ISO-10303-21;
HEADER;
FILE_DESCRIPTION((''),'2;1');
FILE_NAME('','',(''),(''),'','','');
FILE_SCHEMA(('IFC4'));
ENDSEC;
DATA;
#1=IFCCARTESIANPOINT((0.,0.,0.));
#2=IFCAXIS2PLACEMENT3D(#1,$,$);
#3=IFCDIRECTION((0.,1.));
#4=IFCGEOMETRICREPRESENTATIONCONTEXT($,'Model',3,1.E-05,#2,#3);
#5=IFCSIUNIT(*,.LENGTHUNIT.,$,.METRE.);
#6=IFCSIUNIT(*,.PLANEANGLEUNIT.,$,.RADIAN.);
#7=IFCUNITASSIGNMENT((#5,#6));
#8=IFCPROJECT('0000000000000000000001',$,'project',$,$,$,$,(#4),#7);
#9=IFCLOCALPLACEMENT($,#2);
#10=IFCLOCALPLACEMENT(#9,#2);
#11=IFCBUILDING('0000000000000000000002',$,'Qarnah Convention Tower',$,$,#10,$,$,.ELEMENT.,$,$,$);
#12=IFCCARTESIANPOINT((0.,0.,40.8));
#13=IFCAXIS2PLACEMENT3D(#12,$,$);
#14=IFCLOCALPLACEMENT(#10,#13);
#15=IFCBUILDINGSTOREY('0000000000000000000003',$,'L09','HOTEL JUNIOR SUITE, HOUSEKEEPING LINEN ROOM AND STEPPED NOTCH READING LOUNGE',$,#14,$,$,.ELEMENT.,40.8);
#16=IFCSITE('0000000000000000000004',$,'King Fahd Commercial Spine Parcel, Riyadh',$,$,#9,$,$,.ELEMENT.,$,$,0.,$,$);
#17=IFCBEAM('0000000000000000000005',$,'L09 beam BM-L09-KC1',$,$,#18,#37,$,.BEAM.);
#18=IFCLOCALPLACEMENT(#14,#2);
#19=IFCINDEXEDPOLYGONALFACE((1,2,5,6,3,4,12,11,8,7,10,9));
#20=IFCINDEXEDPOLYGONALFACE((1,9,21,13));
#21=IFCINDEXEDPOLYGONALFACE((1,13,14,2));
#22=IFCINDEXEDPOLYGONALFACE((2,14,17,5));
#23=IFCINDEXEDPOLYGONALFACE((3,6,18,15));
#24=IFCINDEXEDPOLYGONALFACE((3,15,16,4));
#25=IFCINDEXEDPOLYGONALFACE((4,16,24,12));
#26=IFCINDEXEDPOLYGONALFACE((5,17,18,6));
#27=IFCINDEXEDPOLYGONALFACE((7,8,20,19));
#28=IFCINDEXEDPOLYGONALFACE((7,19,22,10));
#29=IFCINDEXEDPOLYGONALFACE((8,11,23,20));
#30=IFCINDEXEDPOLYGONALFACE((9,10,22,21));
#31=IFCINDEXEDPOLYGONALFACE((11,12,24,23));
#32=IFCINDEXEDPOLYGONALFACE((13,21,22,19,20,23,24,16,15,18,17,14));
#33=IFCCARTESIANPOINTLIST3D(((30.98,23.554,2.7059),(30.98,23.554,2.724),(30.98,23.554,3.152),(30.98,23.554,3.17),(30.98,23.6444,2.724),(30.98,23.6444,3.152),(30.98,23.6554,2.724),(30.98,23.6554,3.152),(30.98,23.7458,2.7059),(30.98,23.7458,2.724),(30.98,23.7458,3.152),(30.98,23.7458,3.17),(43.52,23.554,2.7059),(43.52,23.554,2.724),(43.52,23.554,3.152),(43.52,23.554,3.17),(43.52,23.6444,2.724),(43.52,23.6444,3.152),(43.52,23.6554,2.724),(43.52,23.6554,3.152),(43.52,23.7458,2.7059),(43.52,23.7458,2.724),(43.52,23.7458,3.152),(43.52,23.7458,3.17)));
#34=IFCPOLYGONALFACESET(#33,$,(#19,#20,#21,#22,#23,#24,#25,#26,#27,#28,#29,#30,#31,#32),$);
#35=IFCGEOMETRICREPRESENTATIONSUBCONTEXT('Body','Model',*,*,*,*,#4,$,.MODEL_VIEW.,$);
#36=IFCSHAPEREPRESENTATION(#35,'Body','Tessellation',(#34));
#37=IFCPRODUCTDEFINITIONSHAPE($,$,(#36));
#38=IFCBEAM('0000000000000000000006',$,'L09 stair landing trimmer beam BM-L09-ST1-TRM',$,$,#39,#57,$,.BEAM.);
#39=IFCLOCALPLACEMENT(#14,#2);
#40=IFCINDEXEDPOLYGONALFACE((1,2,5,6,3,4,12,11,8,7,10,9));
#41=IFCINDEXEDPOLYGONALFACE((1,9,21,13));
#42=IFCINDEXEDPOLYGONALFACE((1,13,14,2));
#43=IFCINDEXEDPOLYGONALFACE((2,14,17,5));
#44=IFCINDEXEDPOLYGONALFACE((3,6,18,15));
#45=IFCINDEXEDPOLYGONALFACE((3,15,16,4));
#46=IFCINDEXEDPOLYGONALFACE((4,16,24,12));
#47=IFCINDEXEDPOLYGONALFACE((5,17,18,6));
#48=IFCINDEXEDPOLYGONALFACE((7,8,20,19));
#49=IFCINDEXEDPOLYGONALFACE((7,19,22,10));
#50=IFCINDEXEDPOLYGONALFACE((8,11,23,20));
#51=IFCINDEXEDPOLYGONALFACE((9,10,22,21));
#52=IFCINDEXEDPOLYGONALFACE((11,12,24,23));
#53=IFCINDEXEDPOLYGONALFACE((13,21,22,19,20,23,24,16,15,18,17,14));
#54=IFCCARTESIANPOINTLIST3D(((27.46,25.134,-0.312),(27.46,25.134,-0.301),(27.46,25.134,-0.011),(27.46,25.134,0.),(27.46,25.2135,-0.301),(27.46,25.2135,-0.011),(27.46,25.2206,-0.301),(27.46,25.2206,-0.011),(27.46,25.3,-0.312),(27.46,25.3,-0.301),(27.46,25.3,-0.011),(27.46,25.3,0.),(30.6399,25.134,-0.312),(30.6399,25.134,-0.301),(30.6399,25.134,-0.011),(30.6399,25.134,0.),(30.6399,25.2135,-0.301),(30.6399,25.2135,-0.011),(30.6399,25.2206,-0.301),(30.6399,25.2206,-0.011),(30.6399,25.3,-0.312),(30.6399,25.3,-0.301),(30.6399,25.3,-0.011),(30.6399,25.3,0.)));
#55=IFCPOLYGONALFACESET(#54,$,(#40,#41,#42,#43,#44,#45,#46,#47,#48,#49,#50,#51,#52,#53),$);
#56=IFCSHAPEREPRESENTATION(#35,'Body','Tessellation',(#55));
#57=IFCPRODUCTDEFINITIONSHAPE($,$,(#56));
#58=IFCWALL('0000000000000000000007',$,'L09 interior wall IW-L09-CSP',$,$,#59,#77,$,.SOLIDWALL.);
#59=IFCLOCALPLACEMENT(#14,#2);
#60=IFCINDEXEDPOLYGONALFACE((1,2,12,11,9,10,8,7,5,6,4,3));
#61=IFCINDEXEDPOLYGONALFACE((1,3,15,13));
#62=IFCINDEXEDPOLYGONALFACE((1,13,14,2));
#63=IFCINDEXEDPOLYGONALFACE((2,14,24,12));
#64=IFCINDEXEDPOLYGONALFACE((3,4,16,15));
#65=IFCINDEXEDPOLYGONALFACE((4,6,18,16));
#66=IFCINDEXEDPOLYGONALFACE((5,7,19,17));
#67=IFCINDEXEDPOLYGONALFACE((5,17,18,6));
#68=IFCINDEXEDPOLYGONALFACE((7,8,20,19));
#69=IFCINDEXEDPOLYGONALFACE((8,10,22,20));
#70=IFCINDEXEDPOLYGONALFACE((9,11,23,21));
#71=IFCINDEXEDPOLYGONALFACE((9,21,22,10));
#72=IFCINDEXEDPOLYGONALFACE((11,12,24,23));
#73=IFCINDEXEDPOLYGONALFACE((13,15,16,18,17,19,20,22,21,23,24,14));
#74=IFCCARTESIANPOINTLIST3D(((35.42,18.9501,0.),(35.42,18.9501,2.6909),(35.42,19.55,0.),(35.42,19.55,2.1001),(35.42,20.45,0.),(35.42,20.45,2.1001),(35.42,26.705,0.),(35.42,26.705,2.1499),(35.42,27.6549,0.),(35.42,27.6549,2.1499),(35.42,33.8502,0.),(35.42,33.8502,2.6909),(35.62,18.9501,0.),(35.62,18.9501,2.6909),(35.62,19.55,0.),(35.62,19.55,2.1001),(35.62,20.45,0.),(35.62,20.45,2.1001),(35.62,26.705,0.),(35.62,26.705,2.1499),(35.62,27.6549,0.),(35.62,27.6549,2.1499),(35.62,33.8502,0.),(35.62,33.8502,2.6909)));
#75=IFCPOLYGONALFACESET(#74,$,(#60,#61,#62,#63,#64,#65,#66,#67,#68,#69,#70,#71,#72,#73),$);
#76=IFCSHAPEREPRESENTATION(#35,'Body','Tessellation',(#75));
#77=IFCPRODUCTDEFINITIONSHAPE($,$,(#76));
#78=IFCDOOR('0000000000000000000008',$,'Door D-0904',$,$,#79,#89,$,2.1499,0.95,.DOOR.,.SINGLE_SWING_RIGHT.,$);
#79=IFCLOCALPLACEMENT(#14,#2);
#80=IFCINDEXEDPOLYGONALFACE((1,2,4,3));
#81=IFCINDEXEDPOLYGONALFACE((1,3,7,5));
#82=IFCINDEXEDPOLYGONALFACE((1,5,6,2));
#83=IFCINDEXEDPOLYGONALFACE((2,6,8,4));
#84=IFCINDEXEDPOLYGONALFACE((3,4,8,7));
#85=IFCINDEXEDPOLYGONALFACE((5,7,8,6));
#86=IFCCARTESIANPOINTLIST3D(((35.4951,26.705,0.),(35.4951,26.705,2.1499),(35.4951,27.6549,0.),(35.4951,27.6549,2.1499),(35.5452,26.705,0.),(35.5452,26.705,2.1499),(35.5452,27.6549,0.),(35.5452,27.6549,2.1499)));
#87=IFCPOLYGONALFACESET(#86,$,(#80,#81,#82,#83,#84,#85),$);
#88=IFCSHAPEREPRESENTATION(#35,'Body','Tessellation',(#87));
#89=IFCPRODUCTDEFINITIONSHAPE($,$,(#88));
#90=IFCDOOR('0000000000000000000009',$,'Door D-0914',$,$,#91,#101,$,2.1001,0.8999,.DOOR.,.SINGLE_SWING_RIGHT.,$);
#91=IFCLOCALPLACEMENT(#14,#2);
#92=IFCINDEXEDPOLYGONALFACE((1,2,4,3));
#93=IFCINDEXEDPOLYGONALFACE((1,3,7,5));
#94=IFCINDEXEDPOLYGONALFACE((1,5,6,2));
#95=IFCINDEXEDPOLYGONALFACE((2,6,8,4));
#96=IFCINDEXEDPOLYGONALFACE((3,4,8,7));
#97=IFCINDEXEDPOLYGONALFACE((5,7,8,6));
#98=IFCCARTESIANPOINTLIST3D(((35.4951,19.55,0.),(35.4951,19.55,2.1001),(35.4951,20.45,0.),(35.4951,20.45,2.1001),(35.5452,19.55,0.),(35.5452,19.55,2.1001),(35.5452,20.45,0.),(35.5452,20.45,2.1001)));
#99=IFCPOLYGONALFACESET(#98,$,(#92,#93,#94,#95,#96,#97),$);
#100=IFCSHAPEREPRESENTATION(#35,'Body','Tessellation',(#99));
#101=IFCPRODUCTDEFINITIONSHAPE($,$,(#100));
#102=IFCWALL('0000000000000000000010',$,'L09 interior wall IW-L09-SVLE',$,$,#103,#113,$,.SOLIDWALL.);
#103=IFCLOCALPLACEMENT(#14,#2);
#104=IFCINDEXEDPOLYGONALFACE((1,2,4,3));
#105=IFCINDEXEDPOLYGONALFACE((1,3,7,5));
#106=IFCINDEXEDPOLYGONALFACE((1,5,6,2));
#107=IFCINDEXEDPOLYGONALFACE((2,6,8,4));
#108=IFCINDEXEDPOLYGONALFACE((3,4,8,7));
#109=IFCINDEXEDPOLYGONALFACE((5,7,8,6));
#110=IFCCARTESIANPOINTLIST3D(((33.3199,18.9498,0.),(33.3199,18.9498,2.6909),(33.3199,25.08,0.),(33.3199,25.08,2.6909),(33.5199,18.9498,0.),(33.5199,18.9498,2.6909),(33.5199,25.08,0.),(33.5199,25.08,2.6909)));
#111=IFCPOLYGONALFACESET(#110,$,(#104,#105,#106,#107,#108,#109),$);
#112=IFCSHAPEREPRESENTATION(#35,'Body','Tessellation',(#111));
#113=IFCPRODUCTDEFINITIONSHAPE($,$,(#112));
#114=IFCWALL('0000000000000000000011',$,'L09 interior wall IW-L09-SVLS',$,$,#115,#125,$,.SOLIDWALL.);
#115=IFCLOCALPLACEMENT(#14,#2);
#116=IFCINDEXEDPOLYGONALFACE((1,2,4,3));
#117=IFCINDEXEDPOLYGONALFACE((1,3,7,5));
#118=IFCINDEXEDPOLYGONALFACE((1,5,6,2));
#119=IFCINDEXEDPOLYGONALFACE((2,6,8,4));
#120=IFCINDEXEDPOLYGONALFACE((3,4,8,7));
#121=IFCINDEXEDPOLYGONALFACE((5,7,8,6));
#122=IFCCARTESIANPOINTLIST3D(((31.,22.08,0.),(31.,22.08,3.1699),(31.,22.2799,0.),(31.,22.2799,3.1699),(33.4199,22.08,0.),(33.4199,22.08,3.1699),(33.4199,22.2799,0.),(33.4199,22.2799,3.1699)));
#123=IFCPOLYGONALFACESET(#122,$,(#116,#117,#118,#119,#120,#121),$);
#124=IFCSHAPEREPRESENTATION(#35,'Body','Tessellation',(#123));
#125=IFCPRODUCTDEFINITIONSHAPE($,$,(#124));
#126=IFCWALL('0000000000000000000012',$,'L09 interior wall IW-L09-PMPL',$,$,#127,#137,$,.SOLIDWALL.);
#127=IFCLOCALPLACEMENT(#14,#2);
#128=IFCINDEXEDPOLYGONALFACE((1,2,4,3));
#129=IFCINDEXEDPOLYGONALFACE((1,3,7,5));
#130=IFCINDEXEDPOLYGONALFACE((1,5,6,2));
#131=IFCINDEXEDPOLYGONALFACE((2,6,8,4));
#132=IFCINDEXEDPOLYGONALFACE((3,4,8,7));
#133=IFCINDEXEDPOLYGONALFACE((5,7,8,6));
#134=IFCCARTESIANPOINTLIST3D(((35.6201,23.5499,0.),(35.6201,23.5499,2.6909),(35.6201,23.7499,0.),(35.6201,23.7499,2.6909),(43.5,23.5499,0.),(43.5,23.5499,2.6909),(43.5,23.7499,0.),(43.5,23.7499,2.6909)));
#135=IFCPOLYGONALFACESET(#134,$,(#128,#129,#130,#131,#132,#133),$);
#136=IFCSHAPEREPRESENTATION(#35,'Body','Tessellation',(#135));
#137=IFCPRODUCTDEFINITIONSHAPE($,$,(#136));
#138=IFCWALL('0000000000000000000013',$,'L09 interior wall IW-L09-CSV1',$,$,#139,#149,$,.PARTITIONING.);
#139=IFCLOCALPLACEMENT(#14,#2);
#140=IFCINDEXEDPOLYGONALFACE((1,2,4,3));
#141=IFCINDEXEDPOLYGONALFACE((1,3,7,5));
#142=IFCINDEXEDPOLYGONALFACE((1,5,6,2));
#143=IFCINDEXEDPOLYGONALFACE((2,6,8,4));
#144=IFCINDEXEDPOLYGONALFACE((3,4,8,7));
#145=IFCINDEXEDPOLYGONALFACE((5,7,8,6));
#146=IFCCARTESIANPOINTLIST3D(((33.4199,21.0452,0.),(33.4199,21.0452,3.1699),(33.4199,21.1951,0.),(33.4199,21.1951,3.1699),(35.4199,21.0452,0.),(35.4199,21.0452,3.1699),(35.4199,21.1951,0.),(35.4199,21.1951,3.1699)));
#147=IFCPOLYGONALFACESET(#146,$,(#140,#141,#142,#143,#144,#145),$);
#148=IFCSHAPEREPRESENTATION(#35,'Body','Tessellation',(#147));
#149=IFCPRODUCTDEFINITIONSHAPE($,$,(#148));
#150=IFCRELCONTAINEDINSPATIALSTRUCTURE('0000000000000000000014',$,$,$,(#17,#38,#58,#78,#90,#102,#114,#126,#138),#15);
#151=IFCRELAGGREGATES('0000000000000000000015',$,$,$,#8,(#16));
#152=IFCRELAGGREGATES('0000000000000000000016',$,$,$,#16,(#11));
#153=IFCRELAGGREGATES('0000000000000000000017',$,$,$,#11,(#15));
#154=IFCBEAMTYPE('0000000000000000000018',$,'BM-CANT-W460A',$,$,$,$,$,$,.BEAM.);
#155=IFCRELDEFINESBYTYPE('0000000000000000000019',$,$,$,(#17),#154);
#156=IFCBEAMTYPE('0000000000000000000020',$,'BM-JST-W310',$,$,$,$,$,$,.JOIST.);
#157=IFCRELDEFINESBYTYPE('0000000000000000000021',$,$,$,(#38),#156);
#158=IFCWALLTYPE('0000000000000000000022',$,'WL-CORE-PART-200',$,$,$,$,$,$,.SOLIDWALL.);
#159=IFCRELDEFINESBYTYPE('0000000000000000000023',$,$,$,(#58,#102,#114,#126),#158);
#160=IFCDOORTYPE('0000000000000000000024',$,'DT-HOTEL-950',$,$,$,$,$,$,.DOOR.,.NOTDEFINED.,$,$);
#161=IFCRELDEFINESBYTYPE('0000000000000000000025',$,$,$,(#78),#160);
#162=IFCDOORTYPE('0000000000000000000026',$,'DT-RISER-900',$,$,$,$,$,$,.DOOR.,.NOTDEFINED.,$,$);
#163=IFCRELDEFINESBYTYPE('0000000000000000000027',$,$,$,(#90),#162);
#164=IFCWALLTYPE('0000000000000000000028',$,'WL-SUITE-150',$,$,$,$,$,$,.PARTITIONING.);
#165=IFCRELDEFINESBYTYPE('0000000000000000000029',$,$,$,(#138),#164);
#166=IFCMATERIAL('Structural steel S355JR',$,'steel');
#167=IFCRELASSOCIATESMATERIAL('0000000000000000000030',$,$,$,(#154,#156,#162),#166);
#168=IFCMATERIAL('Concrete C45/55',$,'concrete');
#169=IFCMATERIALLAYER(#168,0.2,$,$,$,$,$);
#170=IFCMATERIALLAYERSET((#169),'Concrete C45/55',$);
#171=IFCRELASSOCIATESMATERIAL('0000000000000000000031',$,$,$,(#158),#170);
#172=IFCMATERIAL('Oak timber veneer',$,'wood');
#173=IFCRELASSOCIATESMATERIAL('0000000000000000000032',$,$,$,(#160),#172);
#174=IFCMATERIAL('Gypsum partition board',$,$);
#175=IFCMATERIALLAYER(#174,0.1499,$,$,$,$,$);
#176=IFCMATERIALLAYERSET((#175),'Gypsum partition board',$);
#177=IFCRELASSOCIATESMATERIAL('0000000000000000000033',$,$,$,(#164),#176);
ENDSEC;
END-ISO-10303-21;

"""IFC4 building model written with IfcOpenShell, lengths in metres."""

from ifc_helpers import new_model, si_unit, direction, frame, frame_2d, origin, origin_2d, place, context, subcontext, project, spatial, rectangle, i_section, extrude, material, layer, layer_set, material_profile, profile_set, type_object, element, fill, save


model = new_model("IFC4")

# Units and contexts
model_context = context("Model", 3, precision=1e-05, world=origin(), true_north=direction((0.0, 1.0)))
body_context = subcontext(model_context, "Body", "Model", "MODEL_VIEW")
ifc_project = project(units=[si_unit("LENGTHUNIT", "METRE"), si_unit("PLANEANGLEUNIT", "RADIAN")], contexts=[model_context])

# Site, building, storey
site_placement = place(None, origin())
site = spatial("IfcSite", under=ifc_project, at=site_placement, Name="King Fahd Commercial Spine Parcel, Riyadh", CompositionType="ELEMENT", RefElevation=0.0)
building_placement = place(site_placement, origin())
building = spatial("IfcBuilding", under=site, at=building_placement, Name="Qarnah Convention Tower", CompositionType="ELEMENT")
storey_placement = place(building_placement, frame((0.0, 0.0, 40.8)))
storey = spatial("IfcBuildingStorey", under=building, at=storey_placement, Name="L09", Description="HOTEL JUNIOR SUITE, HOUSEKEEPING LINEN ROOM AND STEPPED NOTCH READING LOUNGE", CompositionType="ELEMENT", Elevation=40.8)

# Beams
ifc_material_1 = material(Name="Structural steel S355JR", Category="steel")
ifc_material_profile_1 = material_profile(ifc_material_1, i_section(OverallWidth=0.1919, OverallDepth=0.4641, WebThickness=0.011, FlangeThickness=0.0181, at=origin_2d()), Name="W460X89")
ifc_profile_set_1 = profile_set([ifc_material_profile_1], Name="Structural steel S355JR")
beam_type_1 = type_object("IfcBeamType", Name="BM-CANT-W460A", PredefinedType="BEAM", material=ifc_profile_set_1)
beam_1_placement = place(storey_placement, frame((30.98, 23.6499, 2.938), z_axis=(1.0, 0.0, 0.0), x_axis=(0.0, 1.0, 0.0)))
element("IfcBeam", 1, at=beam_1_placement, inside=storey, type_object=beam_type_1, Name="L09 beam BM-L09-KC1", PredefinedType="BEAM", context=body_context, shape_type="SweptSolid", body=[
    extrude(i_section(OverallWidth=0.1919, OverallDepth=0.4641, WebThickness=0.011, FlangeThickness=0.0181, at=origin_2d()), origin(), (0.0, 0.0, 1.0), 12.54),
])
ifc_material_profile_2 = material_profile(ifc_material_1, i_section(OverallWidth=0.166, OverallDepth=0.312, WebThickness=0.0071, FlangeThickness=0.011, at=origin_2d()), Name="W310X45")
ifc_profile_set_2 = profile_set([ifc_material_profile_2], Name="Structural steel S355JR")
beam_type_2 = type_object("IfcBeamType", Name="BM-JST-W310", PredefinedType="JOIST", material=ifc_profile_set_2)
beam_2_placement = place(storey_placement, frame((27.46, 25.217, -0.156), z_axis=(1.0, 0.0, 0.0), x_axis=(0.0, 1.0, 0.0)))
element("IfcBeam", 2, at=beam_2_placement, inside=storey, type_object=beam_type_2, Name="L09 stair landing trimmer beam BM-L09-ST1-TRM", PredefinedType="BEAM", context=body_context, shape_type="SweptSolid", body=[
    extrude(i_section(OverallWidth=0.166, OverallDepth=0.312, WebThickness=0.0071, FlangeThickness=0.011, at=origin_2d()), origin(), (0.0, 0.0, 1.0), 3.1799),
])

# Wall, openings, doors
door_type_1 = type_object("IfcDoorType", Name="DT-RISER-900", OperationType="NOTDEFINED", PredefinedType="DOOR", material=ifc_material_1)
ifc_material_2 = material(Name="Concrete C45/55", Category="concrete")
ifc_layer_1 = layer(ifc_material_2, 0.2)
ifc_layer_set_1 = layer_set([ifc_layer_1], Name="Concrete C45/55")
wall_type_1 = type_object("IfcWallType", Name="WL-CORE-PART-200", PredefinedType="SOLIDWALL", material=ifc_layer_set_1)
wall_1_placement = place(storey_placement, frame((35.52, 18.95, 0.0), z_axis=(0.0, 0.0, 1.0), x_axis=(0.0, 1.0, 0.0)))
wall_1 = element("IfcWall", 3, at=wall_1_placement, inside=storey, type_object=wall_type_1, Name="L09 interior wall IW-L09-CSP", PredefinedType="SOLIDWALL", context=body_context, shape_type="SweptSolid", body=[
    extrude(rectangle(XDim=14.9001, YDim=0.2, at=frame_2d((7.4502, 0.0))), origin(), (0.0, 0.0, 1.0), 2.6909),
])
opening_1_placement = place(wall_1_placement, frame((7.7549, 0.0, 0.0)))
opening_1 = element("IfcOpeningElement", 4, at=opening_1_placement, cuts=wall_1, PredefinedType="OPENING", context=body_context, shape_type="SweptSolid", body=[
    extrude(rectangle(XDim=0.95, YDim=2.1499, at=frame_2d((0.4751, 1.075))), frame((0.0, 0.1099, 0.0), z_axis=(0.0, -1.0, 0.0), x_axis=(1.0, 0.0, 0.0)), (0.0, 0.0, 1.0), 0.22),
])
opening_2_placement = place(wall_1_placement, frame((0.6001, 0.0, 0.0)))
opening_2 = element("IfcOpeningElement", 5, at=opening_2_placement, cuts=wall_1, PredefinedType="OPENING", context=body_context, shape_type="SweptSolid", body=[
    extrude(rectangle(XDim=0.8999, YDim=2.1001, at=frame_2d((0.45, 1.05))), frame((0.0, 0.1099, 0.0), z_axis=(0.0, -1.0, 0.0), x_axis=(1.0, 0.0, 0.0)), (0.0, 0.0, 1.0), 0.22),
])
ifc_material_3 = material(Name="Oak timber veneer", Category="wood")
door_type_2 = type_object("IfcDoorType", Name="DT-HOTEL-950", OperationType="NOTDEFINED", PredefinedType="DOOR", material=ifc_material_3)
door_1_placement = place(opening_1_placement, origin())
door_1 = element("IfcDoor", 6, at=door_1_placement, inside=storey, type_object=door_type_2, Name="Door D-0904", OperationType="SINGLE_SWING_RIGHT", OverallHeight=2.1499, OverallWidth=0.95, PredefinedType="DOOR", context=body_context, shape_type="SweptSolid", body=[
    extrude(rectangle(XDim=0.95, YDim=2.1499, at=frame_2d((0.4751, 1.075))), frame((0.0, 0.0249, 0.0), z_axis=(0.0, -1.0, 0.0), x_axis=(1.0, 0.0, 0.0)), (0.0, 0.0, 1.0), 0.05),
])
fill(opening_1, door_1)
door_2_placement = place(opening_2_placement, origin())
door_2 = element("IfcDoor", 7, at=door_2_placement, inside=storey, type_object=door_type_1, Name="Door D-0914", OperationType="SINGLE_SWING_RIGHT", OverallHeight=2.1001, OverallWidth=0.8999, PredefinedType="DOOR", context=body_context, shape_type="SweptSolid", body=[
    extrude(rectangle(XDim=0.8999, YDim=2.1001, at=frame_2d((0.45, 1.05))), frame((0.0, 0.0249, 0.0), z_axis=(0.0, -1.0, 0.0), x_axis=(1.0, 0.0, 0.0)), (0.0, 0.0, 1.0), 0.05),
])
fill(opening_2, door_2)

# Walls
wall_2_placement = place(storey_placement, frame((33.4199, 18.95, 0.0), z_axis=(0.0, 0.0, 1.0), x_axis=(0.0, 1.0, 0.0)))
element("IfcWall", 8, at=wall_2_placement, inside=storey, type_object=wall_type_1, Name="L09 interior wall IW-L09-SVLE", PredefinedType="SOLIDWALL", context=body_context, shape_type="SweptSolid", body=[
    extrude(rectangle(XDim=6.1301, YDim=0.2, at=frame_2d((3.0649, 0.0))), origin(), (0.0, 0.0, 1.0), 2.6909),
])
wall_3_placement = place(storey_placement, frame((31.0, 22.1799, 0.0), z_axis=(0.0, 0.0, 1.0), x_axis=(1.0, 0.0, 0.0)))
element("IfcWall", 9, at=wall_3_placement, inside=storey, type_object=wall_type_1, Name="L09 interior wall IW-L09-SVLS", PredefinedType="SOLIDWALL", context=body_context, shape_type="SweptSolid", body=[
    extrude(rectangle(XDim=2.4199, YDim=0.2, at=frame_2d((1.21, 0.0))), origin(), (0.0, 0.0, 1.0), 3.1699),
])
wall_4_placement = place(storey_placement, frame((35.6201, 23.6499, 0.0), z_axis=(0.0, 0.0, 1.0), x_axis=(1.0, 0.0, 0.0)))
element("IfcWall", 10, at=wall_4_placement, inside=storey, type_object=wall_type_1, Name="L09 interior wall IW-L09-PMPL", PredefinedType="SOLIDWALL", context=body_context, shape_type="SweptSolid", body=[
    extrude(rectangle(XDim=7.8799, YDim=0.2, at=frame_2d((3.9399, 0.0))), origin(), (0.0, 0.0, 1.0), 2.6909),
])

# Wall
ifc_material_4 = material(Name="Gypsum partition board")
ifc_layer_2 = layer(ifc_material_4, 0.1499)
ifc_layer_set_2 = layer_set([ifc_layer_2], Name="Gypsum partition board")
wall_type_2 = type_object("IfcWallType", Name="WL-SUITE-150", PredefinedType="PARTITIONING", material=ifc_layer_set_2)
wall_5_placement = place(storey_placement, frame((33.4199, 21.1201, 0.0), z_axis=(0.0, 0.0, 1.0), x_axis=(1.0, 0.0, 0.0)))
element("IfcWall", 11, at=wall_5_placement, inside=storey, type_object=wall_type_2, Name="L09 interior wall IW-L09-CSV1", PredefinedType="PARTITIONING", context=body_context, shape_type="SweptSolid", body=[
    extrude(rectangle(XDim=2.0, YDim=0.1499, at=frame_2d((1.0, 0.0))), origin(), (0.0, 0.0, 1.0), 3.1699),
])

save(model, "model.ifc")
